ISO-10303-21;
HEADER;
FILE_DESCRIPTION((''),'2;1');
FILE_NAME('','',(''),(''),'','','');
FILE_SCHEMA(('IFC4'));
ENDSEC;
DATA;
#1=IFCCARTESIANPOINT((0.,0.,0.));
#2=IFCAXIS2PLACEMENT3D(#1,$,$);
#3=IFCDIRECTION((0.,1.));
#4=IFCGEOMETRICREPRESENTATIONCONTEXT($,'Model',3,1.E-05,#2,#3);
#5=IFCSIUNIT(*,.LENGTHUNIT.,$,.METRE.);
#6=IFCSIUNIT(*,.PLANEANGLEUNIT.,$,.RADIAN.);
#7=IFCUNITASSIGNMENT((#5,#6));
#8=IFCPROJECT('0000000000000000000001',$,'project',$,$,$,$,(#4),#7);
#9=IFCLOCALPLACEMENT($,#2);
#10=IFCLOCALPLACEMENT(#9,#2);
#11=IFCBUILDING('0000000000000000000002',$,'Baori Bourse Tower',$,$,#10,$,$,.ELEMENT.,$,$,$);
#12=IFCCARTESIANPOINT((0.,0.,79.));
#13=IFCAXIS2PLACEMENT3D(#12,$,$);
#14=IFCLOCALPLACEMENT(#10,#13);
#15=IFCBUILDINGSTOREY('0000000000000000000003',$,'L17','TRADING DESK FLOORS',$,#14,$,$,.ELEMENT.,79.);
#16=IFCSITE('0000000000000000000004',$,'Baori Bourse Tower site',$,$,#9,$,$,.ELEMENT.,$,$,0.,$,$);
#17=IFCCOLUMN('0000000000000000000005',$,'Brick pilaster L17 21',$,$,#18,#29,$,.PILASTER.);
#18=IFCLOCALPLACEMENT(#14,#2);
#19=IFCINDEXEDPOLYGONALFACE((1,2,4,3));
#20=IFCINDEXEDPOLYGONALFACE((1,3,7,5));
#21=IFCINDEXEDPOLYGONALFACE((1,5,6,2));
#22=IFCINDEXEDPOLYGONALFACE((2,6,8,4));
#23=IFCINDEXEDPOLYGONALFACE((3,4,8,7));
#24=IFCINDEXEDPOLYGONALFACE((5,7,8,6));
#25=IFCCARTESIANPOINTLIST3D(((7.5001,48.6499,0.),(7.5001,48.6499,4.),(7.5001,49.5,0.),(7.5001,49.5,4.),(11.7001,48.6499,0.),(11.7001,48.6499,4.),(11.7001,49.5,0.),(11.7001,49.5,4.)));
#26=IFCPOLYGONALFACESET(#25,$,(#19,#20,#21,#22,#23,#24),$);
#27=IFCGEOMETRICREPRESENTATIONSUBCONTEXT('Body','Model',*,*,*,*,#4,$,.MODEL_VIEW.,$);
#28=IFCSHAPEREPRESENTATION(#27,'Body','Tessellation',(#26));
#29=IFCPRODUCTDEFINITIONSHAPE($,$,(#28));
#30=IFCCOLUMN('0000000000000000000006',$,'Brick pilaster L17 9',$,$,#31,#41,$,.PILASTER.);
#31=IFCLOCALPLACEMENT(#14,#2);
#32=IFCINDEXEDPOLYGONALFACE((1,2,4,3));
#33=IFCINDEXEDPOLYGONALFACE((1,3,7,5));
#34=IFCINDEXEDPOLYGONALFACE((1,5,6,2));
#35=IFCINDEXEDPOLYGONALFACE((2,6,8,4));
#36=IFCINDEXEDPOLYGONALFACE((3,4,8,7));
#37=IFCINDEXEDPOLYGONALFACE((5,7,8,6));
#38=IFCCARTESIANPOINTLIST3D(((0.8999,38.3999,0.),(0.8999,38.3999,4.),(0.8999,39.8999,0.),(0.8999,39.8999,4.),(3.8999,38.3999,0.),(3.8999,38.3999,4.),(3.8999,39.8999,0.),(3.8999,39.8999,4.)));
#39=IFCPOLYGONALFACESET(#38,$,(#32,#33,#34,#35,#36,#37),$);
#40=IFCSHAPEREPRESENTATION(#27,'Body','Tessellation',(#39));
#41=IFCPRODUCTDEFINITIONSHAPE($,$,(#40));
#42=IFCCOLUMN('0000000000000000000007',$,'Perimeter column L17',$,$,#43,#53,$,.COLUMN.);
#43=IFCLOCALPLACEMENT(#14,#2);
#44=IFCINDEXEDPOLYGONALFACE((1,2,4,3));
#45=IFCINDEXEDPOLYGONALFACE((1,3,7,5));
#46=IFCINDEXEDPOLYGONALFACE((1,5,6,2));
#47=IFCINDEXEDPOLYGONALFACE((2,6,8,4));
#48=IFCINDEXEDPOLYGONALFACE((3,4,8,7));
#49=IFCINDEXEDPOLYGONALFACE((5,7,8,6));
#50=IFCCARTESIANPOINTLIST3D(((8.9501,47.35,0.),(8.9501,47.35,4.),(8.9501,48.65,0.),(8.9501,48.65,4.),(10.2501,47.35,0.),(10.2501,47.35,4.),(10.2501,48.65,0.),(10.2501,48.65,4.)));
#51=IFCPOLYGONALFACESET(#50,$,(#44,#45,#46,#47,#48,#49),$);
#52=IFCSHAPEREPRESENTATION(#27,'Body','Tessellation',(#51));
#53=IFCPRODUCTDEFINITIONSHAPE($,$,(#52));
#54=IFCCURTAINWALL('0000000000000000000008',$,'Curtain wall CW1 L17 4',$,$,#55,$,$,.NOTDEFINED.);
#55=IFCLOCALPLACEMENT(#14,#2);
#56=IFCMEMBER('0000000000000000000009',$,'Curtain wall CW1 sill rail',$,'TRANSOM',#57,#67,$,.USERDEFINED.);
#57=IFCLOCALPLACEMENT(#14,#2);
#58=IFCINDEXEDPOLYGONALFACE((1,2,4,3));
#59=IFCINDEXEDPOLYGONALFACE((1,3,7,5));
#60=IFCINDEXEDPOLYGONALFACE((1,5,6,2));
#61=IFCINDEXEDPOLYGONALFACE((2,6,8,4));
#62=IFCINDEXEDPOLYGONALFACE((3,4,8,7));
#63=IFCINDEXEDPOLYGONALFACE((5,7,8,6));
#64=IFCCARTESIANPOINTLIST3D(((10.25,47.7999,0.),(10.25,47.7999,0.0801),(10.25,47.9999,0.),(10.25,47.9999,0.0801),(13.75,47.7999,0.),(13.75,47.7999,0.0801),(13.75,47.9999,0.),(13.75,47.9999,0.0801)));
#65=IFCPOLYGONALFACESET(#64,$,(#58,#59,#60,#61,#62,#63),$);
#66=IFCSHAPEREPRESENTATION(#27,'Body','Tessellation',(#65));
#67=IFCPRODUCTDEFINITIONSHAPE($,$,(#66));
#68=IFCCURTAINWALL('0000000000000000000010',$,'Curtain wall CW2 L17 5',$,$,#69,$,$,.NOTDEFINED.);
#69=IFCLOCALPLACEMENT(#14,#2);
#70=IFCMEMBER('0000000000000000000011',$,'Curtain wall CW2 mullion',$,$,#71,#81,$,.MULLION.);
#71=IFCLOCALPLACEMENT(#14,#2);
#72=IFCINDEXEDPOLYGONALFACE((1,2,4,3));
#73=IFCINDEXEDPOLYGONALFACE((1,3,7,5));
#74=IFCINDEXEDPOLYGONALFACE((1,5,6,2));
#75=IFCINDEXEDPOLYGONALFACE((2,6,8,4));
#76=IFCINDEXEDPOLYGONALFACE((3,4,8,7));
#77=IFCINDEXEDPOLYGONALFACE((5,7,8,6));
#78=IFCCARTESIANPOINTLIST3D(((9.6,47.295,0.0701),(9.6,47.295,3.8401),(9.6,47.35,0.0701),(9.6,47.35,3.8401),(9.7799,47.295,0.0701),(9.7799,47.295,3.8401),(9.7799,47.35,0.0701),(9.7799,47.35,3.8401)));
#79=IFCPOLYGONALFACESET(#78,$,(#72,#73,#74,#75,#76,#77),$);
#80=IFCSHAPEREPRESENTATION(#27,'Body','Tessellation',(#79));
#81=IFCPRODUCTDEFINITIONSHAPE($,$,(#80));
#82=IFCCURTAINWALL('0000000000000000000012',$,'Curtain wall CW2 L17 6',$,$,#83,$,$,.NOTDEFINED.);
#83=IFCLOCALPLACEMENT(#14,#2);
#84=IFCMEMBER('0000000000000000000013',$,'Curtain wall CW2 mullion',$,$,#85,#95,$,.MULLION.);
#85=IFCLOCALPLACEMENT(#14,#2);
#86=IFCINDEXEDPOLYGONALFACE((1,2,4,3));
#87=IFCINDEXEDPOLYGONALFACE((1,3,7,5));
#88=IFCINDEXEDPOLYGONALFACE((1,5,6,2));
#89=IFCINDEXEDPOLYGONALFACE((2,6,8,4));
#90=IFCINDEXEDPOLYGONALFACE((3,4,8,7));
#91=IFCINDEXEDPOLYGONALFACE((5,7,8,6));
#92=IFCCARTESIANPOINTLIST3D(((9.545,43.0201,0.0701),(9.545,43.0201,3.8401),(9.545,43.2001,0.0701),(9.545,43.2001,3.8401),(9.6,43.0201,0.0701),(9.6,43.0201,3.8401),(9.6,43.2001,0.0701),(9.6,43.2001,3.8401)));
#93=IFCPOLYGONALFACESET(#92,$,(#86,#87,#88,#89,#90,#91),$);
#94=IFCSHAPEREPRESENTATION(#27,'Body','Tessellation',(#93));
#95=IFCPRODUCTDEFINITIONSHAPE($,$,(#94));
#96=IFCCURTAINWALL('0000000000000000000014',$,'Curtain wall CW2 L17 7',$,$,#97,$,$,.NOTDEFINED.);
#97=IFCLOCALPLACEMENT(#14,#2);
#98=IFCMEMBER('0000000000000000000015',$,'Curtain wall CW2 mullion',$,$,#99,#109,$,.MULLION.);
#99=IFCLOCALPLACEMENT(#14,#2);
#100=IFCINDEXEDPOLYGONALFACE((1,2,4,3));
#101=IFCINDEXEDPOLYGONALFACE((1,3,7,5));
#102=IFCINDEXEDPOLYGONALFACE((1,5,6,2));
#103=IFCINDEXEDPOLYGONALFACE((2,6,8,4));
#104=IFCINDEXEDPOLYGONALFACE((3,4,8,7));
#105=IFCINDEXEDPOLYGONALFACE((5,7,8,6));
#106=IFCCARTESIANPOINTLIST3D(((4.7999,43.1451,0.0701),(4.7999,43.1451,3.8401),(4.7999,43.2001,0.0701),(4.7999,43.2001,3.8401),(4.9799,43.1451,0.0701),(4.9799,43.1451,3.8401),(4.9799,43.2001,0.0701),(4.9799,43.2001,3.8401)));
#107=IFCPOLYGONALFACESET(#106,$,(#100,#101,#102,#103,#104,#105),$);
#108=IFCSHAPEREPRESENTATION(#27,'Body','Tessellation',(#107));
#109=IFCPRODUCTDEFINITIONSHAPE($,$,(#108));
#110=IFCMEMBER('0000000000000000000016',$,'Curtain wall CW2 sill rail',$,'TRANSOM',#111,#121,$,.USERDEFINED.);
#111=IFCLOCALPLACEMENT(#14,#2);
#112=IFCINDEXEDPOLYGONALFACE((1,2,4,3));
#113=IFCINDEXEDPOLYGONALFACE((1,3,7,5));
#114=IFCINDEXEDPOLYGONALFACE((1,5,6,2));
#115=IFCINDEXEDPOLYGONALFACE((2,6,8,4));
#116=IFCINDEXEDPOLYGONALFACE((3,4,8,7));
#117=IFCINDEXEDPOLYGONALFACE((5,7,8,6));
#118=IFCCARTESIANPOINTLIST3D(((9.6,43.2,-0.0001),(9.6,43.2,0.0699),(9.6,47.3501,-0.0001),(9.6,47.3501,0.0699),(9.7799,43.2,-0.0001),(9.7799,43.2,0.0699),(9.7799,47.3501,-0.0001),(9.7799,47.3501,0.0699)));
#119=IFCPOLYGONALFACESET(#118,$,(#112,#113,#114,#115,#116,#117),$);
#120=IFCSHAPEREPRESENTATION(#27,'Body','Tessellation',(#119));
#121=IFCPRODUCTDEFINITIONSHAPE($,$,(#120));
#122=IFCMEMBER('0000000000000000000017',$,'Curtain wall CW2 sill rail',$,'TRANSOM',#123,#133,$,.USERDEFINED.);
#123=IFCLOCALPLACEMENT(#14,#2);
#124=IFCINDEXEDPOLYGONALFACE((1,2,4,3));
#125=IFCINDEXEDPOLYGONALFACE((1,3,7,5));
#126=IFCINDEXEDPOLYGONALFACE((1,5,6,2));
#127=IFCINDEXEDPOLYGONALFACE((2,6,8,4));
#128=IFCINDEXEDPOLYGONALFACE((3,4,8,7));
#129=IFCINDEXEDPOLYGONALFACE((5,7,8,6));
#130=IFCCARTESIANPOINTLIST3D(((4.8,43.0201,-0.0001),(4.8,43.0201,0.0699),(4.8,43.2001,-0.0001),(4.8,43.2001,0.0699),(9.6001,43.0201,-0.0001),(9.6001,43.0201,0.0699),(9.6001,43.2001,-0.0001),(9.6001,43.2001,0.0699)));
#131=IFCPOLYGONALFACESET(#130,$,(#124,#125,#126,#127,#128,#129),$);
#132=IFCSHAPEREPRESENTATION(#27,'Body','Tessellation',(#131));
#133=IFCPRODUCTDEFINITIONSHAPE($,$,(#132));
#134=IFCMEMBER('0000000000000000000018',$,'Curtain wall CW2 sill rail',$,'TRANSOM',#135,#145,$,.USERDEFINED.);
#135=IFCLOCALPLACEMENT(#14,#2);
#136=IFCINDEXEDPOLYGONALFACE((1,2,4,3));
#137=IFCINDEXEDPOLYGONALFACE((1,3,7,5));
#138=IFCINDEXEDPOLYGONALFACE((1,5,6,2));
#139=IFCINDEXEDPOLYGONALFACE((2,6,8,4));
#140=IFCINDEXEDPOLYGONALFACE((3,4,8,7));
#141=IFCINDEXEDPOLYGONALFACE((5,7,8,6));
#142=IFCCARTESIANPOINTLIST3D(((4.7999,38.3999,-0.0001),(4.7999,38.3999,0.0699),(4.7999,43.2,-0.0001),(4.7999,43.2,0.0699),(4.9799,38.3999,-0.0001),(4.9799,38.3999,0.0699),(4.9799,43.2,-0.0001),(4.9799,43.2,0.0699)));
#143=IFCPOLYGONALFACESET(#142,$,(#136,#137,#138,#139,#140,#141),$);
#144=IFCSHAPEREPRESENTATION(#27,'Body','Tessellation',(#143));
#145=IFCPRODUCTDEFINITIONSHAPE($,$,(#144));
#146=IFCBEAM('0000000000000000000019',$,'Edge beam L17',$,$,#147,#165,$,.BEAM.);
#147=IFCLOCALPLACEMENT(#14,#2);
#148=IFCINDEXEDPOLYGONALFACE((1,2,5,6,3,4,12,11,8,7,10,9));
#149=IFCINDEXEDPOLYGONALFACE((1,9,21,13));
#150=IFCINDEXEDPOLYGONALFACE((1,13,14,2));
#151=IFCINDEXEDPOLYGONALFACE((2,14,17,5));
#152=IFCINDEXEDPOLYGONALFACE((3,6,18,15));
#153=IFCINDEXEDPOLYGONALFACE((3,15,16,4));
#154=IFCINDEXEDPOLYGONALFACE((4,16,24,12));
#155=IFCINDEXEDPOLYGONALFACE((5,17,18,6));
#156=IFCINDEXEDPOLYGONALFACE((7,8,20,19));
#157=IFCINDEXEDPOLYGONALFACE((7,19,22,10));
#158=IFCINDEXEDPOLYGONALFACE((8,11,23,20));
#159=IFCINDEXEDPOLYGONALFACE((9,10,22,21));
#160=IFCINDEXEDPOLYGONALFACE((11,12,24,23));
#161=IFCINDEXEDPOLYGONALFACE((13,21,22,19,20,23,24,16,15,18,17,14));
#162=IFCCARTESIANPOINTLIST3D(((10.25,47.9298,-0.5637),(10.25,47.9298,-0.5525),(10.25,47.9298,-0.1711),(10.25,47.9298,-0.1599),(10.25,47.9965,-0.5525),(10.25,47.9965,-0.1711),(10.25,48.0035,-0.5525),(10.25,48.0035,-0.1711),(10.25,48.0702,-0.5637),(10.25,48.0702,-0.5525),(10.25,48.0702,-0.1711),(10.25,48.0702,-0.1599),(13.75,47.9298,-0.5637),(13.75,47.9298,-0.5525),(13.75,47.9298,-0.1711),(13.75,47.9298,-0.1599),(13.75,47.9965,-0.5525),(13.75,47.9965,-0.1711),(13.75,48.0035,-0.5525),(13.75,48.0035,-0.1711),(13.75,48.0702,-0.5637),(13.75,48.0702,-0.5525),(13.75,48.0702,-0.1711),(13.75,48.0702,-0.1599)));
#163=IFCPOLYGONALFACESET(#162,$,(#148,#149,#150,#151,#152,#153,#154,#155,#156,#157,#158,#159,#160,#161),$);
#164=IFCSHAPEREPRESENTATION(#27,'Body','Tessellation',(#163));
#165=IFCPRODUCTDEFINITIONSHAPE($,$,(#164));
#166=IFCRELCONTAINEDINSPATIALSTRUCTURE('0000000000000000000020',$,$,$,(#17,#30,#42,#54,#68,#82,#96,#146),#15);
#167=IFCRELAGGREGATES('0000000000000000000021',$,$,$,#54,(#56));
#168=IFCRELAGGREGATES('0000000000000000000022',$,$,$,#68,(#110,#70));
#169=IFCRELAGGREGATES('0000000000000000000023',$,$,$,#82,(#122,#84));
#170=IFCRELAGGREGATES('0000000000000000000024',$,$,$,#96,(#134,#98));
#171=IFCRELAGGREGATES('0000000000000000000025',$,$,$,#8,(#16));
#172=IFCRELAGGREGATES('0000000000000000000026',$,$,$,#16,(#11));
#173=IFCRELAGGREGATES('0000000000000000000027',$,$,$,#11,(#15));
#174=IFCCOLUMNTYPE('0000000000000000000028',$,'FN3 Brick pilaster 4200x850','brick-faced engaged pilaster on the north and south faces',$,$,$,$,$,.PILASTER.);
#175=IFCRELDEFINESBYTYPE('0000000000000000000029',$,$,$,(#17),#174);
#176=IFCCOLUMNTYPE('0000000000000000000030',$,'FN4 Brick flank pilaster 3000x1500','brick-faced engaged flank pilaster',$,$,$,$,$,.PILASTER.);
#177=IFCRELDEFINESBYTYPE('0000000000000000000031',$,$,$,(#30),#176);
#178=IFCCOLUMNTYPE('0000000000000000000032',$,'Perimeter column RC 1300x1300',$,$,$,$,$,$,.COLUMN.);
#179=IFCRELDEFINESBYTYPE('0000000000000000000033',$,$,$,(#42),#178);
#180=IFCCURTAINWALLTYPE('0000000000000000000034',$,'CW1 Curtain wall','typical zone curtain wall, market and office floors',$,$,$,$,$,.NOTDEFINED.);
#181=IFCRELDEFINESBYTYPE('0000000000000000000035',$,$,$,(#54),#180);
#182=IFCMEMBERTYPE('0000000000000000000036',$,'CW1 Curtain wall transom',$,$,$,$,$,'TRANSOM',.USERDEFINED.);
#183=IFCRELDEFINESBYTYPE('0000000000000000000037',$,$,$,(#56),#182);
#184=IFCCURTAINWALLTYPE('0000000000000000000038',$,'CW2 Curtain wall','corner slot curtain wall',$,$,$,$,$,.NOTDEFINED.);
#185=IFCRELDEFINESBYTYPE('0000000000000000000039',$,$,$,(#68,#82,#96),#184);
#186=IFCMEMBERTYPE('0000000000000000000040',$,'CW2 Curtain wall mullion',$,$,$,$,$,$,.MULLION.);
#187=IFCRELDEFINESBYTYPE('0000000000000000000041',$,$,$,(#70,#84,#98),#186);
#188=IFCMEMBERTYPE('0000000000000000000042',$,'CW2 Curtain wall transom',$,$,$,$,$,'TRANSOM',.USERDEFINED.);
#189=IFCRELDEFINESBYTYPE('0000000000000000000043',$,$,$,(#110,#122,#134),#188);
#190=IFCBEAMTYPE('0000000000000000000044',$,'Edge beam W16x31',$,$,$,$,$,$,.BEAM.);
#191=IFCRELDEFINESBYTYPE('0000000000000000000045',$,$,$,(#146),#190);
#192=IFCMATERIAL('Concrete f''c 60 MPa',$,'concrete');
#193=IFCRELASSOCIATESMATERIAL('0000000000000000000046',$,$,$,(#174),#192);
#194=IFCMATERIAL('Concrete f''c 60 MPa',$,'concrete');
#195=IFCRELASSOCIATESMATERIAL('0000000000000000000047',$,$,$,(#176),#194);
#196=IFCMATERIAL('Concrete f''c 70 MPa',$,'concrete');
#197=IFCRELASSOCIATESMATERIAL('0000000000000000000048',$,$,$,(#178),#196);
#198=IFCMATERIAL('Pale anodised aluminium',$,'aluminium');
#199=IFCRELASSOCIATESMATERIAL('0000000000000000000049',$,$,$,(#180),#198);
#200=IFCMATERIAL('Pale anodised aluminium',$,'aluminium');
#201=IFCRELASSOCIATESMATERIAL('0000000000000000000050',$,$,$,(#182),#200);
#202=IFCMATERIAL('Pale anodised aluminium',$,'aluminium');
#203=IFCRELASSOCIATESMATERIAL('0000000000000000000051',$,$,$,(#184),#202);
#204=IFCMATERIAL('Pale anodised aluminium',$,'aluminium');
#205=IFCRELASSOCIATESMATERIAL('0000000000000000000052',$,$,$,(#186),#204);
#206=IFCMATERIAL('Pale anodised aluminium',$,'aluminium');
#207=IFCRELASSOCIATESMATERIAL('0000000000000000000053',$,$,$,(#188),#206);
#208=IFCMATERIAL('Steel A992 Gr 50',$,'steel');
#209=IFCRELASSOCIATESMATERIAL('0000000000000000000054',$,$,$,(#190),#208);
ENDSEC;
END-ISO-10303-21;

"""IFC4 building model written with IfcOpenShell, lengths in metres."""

from ifc_helpers import new_model, si_unit, direction, frame, origin, origin_2d, place, context, subcontext, project, spatial, rectangle, i_section, extrude, material, material_profile, profile_set, type_object, element, aggregate, save


model = new_model("IFC4")

# Units and contexts
model_context = context("Model", 3, precision=1e-05, world=origin(), true_north=direction((0.0, 1.0)))
body_context = subcontext(model_context, "Body", "Model", "MODEL_VIEW")
ifc_project = project(units=[si_unit("LENGTHUNIT", "METRE"), si_unit("PLANEANGLEUNIT", "RADIAN")], contexts=[model_context])

# Site, building, storey
site_placement = place(None, origin())
site = spatial("IfcSite", under=ifc_project, at=site_placement, Name="Baori Bourse Tower site", CompositionType="ELEMENT", RefElevation=0.0)
building_placement = place(site_placement, origin())
building = spatial("IfcBuilding", under=site, at=building_placement, Name="Baori Bourse Tower", CompositionType="ELEMENT")
storey_placement = place(building_placement, frame((0.0, 0.0, 79.0)))
storey = spatial("IfcBuildingStorey", under=building, at=storey_placement, Name="L17", Description="TRADING DESK FLOORS", CompositionType="ELEMENT", Elevation=79.0)

# Columns
ifc_material_1 = material(Name="Concrete f'c 60 MPa", Category="concrete")
ifc_material_profile_1 = material_profile(ifc_material_1, rectangle(XDim=4.2, YDim=0.8501, at=origin_2d()), Name="RC 4200x850")
ifc_profile_set_1 = profile_set([ifc_material_profile_1], Name="Concrete f'c 60 MPa")
column_type_1 = type_object("IfcColumnType", Name="FN3 Brick pilaster 4200x850", Description="brick-faced engaged pilaster on the north and south faces", PredefinedType="PILASTER", material=ifc_profile_set_1)
column_1_placement = place(storey_placement, frame((9.6001, 49.075, 0.0), z_axis=(0.0, 0.0, 1.0), x_axis=(1.0, 0.0, 0.0)))
element("IfcColumn", 1, at=column_1_placement, inside=storey, type_object=column_type_1, Name="Brick pilaster L17 21", PredefinedType="PILASTER", context=body_context, shape_type="SweptSolid", body=[
    extrude(rectangle(XDim=4.2, YDim=0.8501, at=origin_2d()), origin(), (0.0, 0.0, 1.0), 4.0),
])
ifc_material_2 = material(Name="Concrete f'c 60 MPa", Category="concrete")
ifc_material_profile_2 = material_profile(ifc_material_2, rectangle(XDim=3.0, YDim=1.5, at=origin_2d()), Name="RC 3000x1500")
ifc_profile_set_2 = profile_set([ifc_material_profile_2], Name="Concrete f'c 60 MPa")
column_type_2 = type_object("IfcColumnType", Name="FN4 Brick flank pilaster 3000x1500", Description="brick-faced engaged flank pilaster", PredefinedType="PILASTER", material=ifc_profile_set_2)
column_2_placement = place(storey_placement, frame((2.3999, 39.1499, 0.0), z_axis=(0.0, 0.0, 1.0), x_axis=(1.0, 0.0, 0.0)))
element("IfcColumn", 2, at=column_2_placement, inside=storey, type_object=column_type_2, Name="Brick pilaster L17 9", PredefinedType="PILASTER", context=body_context, shape_type="SweptSolid", body=[
    extrude(rectangle(XDim=3.0, YDim=1.5, at=origin_2d()), origin(), (0.0, 0.0, 1.0), 4.0),
])
ifc_material_3 = material(Name="Concrete f'c 70 MPa", Category="concrete")
ifc_material_profile_3 = material_profile(ifc_material_3, rectangle(XDim=1.3, YDim=1.3, at=origin_2d()), Name="RC 1300x1300")
ifc_profile_set_3 = profile_set([ifc_material_profile_3], Name="Concrete f'c 70 MPa")
column_type_3 = type_object("IfcColumnType", Name="Perimeter column RC 1300x1300", PredefinedType="COLUMN", material=ifc_profile_set_3)
column_3_placement = place(storey_placement, frame((9.6001, 48.0, 0.0), z_axis=(0.0, 0.0, 1.0), x_axis=(1.0, 0.0, 0.0)))
element("IfcColumn", 3, at=column_3_placement, inside=storey, type_object=column_type_3, Name="Perimeter column L17", PredefinedType="COLUMN", context=body_context, shape_type="SweptSolid", body=[
    extrude(rectangle(XDim=1.3, YDim=1.3, at=origin_2d()), origin(), (0.0, 0.0, 1.0), 4.0),
])

# Curtain walls, members
ifc_material_4 = material(Name="Pale anodised aluminium", Category="aluminium")
curtain_wall_type_1 = type_object("IfcCurtainWallType", Name="CW1 Curtain wall", Description="typical zone curtain wall, market and office floors", PredefinedType="NOTDEFINED", material=ifc_material_4)
curtain_wall_1_placement = place(storey_placement, origin())
curtain_wall_1 = element("IfcCurtainWall", 4, at=curtain_wall_1_placement, inside=storey, type_object=curtain_wall_type_1, Name="Curtain wall CW1 L17 4", PredefinedType="NOTDEFINED")
ifc_material_5 = material(Name="Pale anodised aluminium", Category="aluminium")
ifc_material_profile_4 = material_profile(ifc_material_5, rectangle(XDim=0.2, YDim=0.0801, at=origin_2d()), Name="Transom 80x200")
ifc_profile_set_4 = profile_set([ifc_material_profile_4], Name="Pale anodised aluminium")
member_type_1 = type_object("IfcMemberType", Name="CW1 Curtain wall transom", ElementType="TRANSOM", PredefinedType="USERDEFINED", material=ifc_profile_set_4)
member_1_placement = place(storey_placement, frame((13.75, 47.8999, 0.04), z_axis=(-1.0, 0.0, 0.0), x_axis=(0.0, -1.0, 0.0)))
member_1 = element("IfcMember", 5, at=member_1_placement, type_object=member_type_1, Name="Curtain wall CW1 sill rail", ObjectType="TRANSOM", PredefinedType="USERDEFINED", context=body_context, shape_type="SweptSolid", body=[
    extrude(rectangle(XDim=0.2, YDim=0.0801, at=origin_2d()), origin(), (0.0, 0.0, 1.0), 3.5),
])
ifc_material_6 = material(Name="Pale anodised aluminium", Category="aluminium")
curtain_wall_type_2 = type_object("IfcCurtainWallType", Name="CW2 Curtain wall", Description="corner slot curtain wall", PredefinedType="NOTDEFINED", material=ifc_material_6)
curtain_wall_2_placement = place(storey_placement, origin())
curtain_wall_2 = element("IfcCurtainWall", 6, at=curtain_wall_2_placement, inside=storey, type_object=curtain_wall_type_2, Name="Curtain wall CW2 L17 5", PredefinedType="NOTDEFINED")
ifc_material_7 = material(Name="Pale anodised aluminium", Category="aluminium")
ifc_material_profile_5 = material_profile(ifc_material_7, rectangle(XDim=0.1799, YDim=0.0549, at=origin_2d()), Name="Mullion 55x180")
ifc_profile_set_5 = profile_set([ifc_material_profile_5], Name="Pale anodised aluminium")
member_type_2 = type_object("IfcMemberType", Name="CW2 Curtain wall mullion", PredefinedType="MULLION", material=ifc_profile_set_5)
member_2_placement = place(storey_placement, frame((9.6899, 47.3225, 0.0701), z_axis=(0.0, 0.0, 1.0), x_axis=(1.0, 0.0, 0.0)))
member_2 = element("IfcMember", 7, at=member_2_placement, type_object=member_type_2, Name="Curtain wall CW2 mullion", PredefinedType="MULLION", context=body_context, shape_type="SweptSolid", body=[
    extrude(rectangle(XDim=0.1799, YDim=0.0549, at=origin_2d()), origin(), (0.0, 0.0, 1.0), 3.77),
])
curtain_wall_3_placement = place(storey_placement, origin())
curtain_wall_3 = element("IfcCurtainWall", 8, at=curtain_wall_3_placement, inside=storey, type_object=curtain_wall_type_2, Name="Curtain wall CW2 L17 6", PredefinedType="NOTDEFINED")
member_3_placement = place(storey_placement, frame((9.5725, 43.1101, 0.0701), z_axis=(0.0, 0.0, 1.0), x_axis=(0.0, -1.0, 0.0)))
member_3 = element("IfcMember", 9, at=member_3_placement, type_object=member_type_2, Name="Curtain wall CW2 mullion", PredefinedType="MULLION", context=body_context, shape_type="SweptSolid", body=[
    extrude(rectangle(XDim=0.1799, YDim=0.0549, at=origin_2d()), origin(), (0.0, 0.0, 1.0), 3.77),
])
curtain_wall_4_placement = place(storey_placement, origin())
curtain_wall_4 = element("IfcCurtainWall", 10, at=curtain_wall_4_placement, inside=storey, type_object=curtain_wall_type_2, Name="Curtain wall CW2 L17 7", PredefinedType="NOTDEFINED")
member_4_placement = place(storey_placement, frame((4.8899, 43.1726, 0.0701), z_axis=(0.0, 0.0, 1.0), x_axis=(1.0, 0.0, 0.0)))
member_4 = element("IfcMember", 11, at=member_4_placement, type_object=member_type_2, Name="Curtain wall CW2 mullion", PredefinedType="MULLION", context=body_context, shape_type="SweptSolid", body=[
    extrude(rectangle(XDim=0.1799, YDim=0.0549, at=origin_2d()), origin(), (0.0, 0.0, 1.0), 3.77),
])

# Members
ifc_material_8 = material(Name="Pale anodised aluminium", Category="aluminium")
ifc_material_profile_6 = material_profile(ifc_material_8, rectangle(XDim=0.1799, YDim=0.0701, at=origin_2d()), Name="Transom 70x180")
ifc_profile_set_6 = profile_set([ifc_material_profile_6], Name="Pale anodised aluminium")
member_type_3 = type_object("IfcMemberType", Name="CW2 Curtain wall transom", ElementType="TRANSOM", PredefinedType="USERDEFINED", material=ifc_profile_set_6)
member_5_placement = place(storey_placement, frame((9.6899, 47.3501, 0.0349), z_axis=(0.0, -1.0, 0.0), x_axis=(1.0, 0.0, 0.0)))
member_5 = element("IfcMember", 12, at=member_5_placement, type_object=member_type_3, Name="Curtain wall CW2 sill rail", ObjectType="TRANSOM", PredefinedType="USERDEFINED", context=body_context, shape_type="SweptSolid", body=[
    extrude(rectangle(XDim=0.1799, YDim=0.0701, at=origin_2d()), origin(), (0.0, 0.0, 1.0), 4.1501),
])
member_6_placement = place(storey_placement, frame((9.6001, 43.1101, 0.0349), z_axis=(-1.0, 0.0, 0.0), x_axis=(0.0, -1.0, 0.0)))
member_6 = element("IfcMember", 13, at=member_6_placement, type_object=member_type_3, Name="Curtain wall CW2 sill rail", ObjectType="TRANSOM", PredefinedType="USERDEFINED", context=body_context, shape_type="SweptSolid", body=[
    extrude(rectangle(XDim=0.1799, YDim=0.0701, at=origin_2d()), origin(), (0.0, 0.0, 1.0), 4.8),
])
member_7_placement = place(storey_placement, frame((4.8899, 43.2, 0.0349), z_axis=(0.0, -1.0, 0.0), x_axis=(1.0, 0.0, 0.0)))
member_7 = element("IfcMember", 14, at=member_7_placement, type_object=member_type_3, Name="Curtain wall CW2 sill rail", ObjectType="TRANSOM", PredefinedType="USERDEFINED", context=body_context, shape_type="SweptSolid", body=[
    extrude(rectangle(XDim=0.1799, YDim=0.0701, at=origin_2d()), origin(), (0.0, 0.0, 1.0), 4.8),
])

# Beam
ifc_material_9 = material(Name="Steel A992 Gr 50", Category="steel")
ifc_material_profile_7 = material_profile(ifc_material_9, i_section(OverallWidth=0.1404, OverallDepth=0.4038, WebThickness=0.0071, FlangeThickness=0.0112, at=origin_2d()), Name="W16x31")
ifc_profile_set_7 = profile_set([ifc_material_profile_7], Name="Steel A992 Gr 50")
beam_type_1 = type_object("IfcBeamType", Name="Edge beam W16x31", PredefinedType="BEAM", material=ifc_profile_set_7)
beam_1_placement = place(storey_placement, frame((10.25, 48.0, -0.3618), z_axis=(1.0, 0.0, 0.0), x_axis=(0.0, 1.0, 0.0)))
element("IfcBeam", 15, at=beam_1_placement, inside=storey, type_object=beam_type_1, Name="Edge beam L17", PredefinedType="BEAM", context=body_context, shape_type="SweptSolid", body=[
    extrude(i_section(OverallWidth=0.1404, OverallDepth=0.4038, WebThickness=0.0071, FlangeThickness=0.0112, at=origin_2d()), origin(), (0.0, 0.0, 1.0), 3.5),
])

aggregate(curtain_wall_1, [member_1])
aggregate(curtain_wall_2, [member_5, member_2])
aggregate(curtain_wall_3, [member_6, member_3])
aggregate(curtain_wall_4, [member_7, member_4])

save(model, "model.ifc")
